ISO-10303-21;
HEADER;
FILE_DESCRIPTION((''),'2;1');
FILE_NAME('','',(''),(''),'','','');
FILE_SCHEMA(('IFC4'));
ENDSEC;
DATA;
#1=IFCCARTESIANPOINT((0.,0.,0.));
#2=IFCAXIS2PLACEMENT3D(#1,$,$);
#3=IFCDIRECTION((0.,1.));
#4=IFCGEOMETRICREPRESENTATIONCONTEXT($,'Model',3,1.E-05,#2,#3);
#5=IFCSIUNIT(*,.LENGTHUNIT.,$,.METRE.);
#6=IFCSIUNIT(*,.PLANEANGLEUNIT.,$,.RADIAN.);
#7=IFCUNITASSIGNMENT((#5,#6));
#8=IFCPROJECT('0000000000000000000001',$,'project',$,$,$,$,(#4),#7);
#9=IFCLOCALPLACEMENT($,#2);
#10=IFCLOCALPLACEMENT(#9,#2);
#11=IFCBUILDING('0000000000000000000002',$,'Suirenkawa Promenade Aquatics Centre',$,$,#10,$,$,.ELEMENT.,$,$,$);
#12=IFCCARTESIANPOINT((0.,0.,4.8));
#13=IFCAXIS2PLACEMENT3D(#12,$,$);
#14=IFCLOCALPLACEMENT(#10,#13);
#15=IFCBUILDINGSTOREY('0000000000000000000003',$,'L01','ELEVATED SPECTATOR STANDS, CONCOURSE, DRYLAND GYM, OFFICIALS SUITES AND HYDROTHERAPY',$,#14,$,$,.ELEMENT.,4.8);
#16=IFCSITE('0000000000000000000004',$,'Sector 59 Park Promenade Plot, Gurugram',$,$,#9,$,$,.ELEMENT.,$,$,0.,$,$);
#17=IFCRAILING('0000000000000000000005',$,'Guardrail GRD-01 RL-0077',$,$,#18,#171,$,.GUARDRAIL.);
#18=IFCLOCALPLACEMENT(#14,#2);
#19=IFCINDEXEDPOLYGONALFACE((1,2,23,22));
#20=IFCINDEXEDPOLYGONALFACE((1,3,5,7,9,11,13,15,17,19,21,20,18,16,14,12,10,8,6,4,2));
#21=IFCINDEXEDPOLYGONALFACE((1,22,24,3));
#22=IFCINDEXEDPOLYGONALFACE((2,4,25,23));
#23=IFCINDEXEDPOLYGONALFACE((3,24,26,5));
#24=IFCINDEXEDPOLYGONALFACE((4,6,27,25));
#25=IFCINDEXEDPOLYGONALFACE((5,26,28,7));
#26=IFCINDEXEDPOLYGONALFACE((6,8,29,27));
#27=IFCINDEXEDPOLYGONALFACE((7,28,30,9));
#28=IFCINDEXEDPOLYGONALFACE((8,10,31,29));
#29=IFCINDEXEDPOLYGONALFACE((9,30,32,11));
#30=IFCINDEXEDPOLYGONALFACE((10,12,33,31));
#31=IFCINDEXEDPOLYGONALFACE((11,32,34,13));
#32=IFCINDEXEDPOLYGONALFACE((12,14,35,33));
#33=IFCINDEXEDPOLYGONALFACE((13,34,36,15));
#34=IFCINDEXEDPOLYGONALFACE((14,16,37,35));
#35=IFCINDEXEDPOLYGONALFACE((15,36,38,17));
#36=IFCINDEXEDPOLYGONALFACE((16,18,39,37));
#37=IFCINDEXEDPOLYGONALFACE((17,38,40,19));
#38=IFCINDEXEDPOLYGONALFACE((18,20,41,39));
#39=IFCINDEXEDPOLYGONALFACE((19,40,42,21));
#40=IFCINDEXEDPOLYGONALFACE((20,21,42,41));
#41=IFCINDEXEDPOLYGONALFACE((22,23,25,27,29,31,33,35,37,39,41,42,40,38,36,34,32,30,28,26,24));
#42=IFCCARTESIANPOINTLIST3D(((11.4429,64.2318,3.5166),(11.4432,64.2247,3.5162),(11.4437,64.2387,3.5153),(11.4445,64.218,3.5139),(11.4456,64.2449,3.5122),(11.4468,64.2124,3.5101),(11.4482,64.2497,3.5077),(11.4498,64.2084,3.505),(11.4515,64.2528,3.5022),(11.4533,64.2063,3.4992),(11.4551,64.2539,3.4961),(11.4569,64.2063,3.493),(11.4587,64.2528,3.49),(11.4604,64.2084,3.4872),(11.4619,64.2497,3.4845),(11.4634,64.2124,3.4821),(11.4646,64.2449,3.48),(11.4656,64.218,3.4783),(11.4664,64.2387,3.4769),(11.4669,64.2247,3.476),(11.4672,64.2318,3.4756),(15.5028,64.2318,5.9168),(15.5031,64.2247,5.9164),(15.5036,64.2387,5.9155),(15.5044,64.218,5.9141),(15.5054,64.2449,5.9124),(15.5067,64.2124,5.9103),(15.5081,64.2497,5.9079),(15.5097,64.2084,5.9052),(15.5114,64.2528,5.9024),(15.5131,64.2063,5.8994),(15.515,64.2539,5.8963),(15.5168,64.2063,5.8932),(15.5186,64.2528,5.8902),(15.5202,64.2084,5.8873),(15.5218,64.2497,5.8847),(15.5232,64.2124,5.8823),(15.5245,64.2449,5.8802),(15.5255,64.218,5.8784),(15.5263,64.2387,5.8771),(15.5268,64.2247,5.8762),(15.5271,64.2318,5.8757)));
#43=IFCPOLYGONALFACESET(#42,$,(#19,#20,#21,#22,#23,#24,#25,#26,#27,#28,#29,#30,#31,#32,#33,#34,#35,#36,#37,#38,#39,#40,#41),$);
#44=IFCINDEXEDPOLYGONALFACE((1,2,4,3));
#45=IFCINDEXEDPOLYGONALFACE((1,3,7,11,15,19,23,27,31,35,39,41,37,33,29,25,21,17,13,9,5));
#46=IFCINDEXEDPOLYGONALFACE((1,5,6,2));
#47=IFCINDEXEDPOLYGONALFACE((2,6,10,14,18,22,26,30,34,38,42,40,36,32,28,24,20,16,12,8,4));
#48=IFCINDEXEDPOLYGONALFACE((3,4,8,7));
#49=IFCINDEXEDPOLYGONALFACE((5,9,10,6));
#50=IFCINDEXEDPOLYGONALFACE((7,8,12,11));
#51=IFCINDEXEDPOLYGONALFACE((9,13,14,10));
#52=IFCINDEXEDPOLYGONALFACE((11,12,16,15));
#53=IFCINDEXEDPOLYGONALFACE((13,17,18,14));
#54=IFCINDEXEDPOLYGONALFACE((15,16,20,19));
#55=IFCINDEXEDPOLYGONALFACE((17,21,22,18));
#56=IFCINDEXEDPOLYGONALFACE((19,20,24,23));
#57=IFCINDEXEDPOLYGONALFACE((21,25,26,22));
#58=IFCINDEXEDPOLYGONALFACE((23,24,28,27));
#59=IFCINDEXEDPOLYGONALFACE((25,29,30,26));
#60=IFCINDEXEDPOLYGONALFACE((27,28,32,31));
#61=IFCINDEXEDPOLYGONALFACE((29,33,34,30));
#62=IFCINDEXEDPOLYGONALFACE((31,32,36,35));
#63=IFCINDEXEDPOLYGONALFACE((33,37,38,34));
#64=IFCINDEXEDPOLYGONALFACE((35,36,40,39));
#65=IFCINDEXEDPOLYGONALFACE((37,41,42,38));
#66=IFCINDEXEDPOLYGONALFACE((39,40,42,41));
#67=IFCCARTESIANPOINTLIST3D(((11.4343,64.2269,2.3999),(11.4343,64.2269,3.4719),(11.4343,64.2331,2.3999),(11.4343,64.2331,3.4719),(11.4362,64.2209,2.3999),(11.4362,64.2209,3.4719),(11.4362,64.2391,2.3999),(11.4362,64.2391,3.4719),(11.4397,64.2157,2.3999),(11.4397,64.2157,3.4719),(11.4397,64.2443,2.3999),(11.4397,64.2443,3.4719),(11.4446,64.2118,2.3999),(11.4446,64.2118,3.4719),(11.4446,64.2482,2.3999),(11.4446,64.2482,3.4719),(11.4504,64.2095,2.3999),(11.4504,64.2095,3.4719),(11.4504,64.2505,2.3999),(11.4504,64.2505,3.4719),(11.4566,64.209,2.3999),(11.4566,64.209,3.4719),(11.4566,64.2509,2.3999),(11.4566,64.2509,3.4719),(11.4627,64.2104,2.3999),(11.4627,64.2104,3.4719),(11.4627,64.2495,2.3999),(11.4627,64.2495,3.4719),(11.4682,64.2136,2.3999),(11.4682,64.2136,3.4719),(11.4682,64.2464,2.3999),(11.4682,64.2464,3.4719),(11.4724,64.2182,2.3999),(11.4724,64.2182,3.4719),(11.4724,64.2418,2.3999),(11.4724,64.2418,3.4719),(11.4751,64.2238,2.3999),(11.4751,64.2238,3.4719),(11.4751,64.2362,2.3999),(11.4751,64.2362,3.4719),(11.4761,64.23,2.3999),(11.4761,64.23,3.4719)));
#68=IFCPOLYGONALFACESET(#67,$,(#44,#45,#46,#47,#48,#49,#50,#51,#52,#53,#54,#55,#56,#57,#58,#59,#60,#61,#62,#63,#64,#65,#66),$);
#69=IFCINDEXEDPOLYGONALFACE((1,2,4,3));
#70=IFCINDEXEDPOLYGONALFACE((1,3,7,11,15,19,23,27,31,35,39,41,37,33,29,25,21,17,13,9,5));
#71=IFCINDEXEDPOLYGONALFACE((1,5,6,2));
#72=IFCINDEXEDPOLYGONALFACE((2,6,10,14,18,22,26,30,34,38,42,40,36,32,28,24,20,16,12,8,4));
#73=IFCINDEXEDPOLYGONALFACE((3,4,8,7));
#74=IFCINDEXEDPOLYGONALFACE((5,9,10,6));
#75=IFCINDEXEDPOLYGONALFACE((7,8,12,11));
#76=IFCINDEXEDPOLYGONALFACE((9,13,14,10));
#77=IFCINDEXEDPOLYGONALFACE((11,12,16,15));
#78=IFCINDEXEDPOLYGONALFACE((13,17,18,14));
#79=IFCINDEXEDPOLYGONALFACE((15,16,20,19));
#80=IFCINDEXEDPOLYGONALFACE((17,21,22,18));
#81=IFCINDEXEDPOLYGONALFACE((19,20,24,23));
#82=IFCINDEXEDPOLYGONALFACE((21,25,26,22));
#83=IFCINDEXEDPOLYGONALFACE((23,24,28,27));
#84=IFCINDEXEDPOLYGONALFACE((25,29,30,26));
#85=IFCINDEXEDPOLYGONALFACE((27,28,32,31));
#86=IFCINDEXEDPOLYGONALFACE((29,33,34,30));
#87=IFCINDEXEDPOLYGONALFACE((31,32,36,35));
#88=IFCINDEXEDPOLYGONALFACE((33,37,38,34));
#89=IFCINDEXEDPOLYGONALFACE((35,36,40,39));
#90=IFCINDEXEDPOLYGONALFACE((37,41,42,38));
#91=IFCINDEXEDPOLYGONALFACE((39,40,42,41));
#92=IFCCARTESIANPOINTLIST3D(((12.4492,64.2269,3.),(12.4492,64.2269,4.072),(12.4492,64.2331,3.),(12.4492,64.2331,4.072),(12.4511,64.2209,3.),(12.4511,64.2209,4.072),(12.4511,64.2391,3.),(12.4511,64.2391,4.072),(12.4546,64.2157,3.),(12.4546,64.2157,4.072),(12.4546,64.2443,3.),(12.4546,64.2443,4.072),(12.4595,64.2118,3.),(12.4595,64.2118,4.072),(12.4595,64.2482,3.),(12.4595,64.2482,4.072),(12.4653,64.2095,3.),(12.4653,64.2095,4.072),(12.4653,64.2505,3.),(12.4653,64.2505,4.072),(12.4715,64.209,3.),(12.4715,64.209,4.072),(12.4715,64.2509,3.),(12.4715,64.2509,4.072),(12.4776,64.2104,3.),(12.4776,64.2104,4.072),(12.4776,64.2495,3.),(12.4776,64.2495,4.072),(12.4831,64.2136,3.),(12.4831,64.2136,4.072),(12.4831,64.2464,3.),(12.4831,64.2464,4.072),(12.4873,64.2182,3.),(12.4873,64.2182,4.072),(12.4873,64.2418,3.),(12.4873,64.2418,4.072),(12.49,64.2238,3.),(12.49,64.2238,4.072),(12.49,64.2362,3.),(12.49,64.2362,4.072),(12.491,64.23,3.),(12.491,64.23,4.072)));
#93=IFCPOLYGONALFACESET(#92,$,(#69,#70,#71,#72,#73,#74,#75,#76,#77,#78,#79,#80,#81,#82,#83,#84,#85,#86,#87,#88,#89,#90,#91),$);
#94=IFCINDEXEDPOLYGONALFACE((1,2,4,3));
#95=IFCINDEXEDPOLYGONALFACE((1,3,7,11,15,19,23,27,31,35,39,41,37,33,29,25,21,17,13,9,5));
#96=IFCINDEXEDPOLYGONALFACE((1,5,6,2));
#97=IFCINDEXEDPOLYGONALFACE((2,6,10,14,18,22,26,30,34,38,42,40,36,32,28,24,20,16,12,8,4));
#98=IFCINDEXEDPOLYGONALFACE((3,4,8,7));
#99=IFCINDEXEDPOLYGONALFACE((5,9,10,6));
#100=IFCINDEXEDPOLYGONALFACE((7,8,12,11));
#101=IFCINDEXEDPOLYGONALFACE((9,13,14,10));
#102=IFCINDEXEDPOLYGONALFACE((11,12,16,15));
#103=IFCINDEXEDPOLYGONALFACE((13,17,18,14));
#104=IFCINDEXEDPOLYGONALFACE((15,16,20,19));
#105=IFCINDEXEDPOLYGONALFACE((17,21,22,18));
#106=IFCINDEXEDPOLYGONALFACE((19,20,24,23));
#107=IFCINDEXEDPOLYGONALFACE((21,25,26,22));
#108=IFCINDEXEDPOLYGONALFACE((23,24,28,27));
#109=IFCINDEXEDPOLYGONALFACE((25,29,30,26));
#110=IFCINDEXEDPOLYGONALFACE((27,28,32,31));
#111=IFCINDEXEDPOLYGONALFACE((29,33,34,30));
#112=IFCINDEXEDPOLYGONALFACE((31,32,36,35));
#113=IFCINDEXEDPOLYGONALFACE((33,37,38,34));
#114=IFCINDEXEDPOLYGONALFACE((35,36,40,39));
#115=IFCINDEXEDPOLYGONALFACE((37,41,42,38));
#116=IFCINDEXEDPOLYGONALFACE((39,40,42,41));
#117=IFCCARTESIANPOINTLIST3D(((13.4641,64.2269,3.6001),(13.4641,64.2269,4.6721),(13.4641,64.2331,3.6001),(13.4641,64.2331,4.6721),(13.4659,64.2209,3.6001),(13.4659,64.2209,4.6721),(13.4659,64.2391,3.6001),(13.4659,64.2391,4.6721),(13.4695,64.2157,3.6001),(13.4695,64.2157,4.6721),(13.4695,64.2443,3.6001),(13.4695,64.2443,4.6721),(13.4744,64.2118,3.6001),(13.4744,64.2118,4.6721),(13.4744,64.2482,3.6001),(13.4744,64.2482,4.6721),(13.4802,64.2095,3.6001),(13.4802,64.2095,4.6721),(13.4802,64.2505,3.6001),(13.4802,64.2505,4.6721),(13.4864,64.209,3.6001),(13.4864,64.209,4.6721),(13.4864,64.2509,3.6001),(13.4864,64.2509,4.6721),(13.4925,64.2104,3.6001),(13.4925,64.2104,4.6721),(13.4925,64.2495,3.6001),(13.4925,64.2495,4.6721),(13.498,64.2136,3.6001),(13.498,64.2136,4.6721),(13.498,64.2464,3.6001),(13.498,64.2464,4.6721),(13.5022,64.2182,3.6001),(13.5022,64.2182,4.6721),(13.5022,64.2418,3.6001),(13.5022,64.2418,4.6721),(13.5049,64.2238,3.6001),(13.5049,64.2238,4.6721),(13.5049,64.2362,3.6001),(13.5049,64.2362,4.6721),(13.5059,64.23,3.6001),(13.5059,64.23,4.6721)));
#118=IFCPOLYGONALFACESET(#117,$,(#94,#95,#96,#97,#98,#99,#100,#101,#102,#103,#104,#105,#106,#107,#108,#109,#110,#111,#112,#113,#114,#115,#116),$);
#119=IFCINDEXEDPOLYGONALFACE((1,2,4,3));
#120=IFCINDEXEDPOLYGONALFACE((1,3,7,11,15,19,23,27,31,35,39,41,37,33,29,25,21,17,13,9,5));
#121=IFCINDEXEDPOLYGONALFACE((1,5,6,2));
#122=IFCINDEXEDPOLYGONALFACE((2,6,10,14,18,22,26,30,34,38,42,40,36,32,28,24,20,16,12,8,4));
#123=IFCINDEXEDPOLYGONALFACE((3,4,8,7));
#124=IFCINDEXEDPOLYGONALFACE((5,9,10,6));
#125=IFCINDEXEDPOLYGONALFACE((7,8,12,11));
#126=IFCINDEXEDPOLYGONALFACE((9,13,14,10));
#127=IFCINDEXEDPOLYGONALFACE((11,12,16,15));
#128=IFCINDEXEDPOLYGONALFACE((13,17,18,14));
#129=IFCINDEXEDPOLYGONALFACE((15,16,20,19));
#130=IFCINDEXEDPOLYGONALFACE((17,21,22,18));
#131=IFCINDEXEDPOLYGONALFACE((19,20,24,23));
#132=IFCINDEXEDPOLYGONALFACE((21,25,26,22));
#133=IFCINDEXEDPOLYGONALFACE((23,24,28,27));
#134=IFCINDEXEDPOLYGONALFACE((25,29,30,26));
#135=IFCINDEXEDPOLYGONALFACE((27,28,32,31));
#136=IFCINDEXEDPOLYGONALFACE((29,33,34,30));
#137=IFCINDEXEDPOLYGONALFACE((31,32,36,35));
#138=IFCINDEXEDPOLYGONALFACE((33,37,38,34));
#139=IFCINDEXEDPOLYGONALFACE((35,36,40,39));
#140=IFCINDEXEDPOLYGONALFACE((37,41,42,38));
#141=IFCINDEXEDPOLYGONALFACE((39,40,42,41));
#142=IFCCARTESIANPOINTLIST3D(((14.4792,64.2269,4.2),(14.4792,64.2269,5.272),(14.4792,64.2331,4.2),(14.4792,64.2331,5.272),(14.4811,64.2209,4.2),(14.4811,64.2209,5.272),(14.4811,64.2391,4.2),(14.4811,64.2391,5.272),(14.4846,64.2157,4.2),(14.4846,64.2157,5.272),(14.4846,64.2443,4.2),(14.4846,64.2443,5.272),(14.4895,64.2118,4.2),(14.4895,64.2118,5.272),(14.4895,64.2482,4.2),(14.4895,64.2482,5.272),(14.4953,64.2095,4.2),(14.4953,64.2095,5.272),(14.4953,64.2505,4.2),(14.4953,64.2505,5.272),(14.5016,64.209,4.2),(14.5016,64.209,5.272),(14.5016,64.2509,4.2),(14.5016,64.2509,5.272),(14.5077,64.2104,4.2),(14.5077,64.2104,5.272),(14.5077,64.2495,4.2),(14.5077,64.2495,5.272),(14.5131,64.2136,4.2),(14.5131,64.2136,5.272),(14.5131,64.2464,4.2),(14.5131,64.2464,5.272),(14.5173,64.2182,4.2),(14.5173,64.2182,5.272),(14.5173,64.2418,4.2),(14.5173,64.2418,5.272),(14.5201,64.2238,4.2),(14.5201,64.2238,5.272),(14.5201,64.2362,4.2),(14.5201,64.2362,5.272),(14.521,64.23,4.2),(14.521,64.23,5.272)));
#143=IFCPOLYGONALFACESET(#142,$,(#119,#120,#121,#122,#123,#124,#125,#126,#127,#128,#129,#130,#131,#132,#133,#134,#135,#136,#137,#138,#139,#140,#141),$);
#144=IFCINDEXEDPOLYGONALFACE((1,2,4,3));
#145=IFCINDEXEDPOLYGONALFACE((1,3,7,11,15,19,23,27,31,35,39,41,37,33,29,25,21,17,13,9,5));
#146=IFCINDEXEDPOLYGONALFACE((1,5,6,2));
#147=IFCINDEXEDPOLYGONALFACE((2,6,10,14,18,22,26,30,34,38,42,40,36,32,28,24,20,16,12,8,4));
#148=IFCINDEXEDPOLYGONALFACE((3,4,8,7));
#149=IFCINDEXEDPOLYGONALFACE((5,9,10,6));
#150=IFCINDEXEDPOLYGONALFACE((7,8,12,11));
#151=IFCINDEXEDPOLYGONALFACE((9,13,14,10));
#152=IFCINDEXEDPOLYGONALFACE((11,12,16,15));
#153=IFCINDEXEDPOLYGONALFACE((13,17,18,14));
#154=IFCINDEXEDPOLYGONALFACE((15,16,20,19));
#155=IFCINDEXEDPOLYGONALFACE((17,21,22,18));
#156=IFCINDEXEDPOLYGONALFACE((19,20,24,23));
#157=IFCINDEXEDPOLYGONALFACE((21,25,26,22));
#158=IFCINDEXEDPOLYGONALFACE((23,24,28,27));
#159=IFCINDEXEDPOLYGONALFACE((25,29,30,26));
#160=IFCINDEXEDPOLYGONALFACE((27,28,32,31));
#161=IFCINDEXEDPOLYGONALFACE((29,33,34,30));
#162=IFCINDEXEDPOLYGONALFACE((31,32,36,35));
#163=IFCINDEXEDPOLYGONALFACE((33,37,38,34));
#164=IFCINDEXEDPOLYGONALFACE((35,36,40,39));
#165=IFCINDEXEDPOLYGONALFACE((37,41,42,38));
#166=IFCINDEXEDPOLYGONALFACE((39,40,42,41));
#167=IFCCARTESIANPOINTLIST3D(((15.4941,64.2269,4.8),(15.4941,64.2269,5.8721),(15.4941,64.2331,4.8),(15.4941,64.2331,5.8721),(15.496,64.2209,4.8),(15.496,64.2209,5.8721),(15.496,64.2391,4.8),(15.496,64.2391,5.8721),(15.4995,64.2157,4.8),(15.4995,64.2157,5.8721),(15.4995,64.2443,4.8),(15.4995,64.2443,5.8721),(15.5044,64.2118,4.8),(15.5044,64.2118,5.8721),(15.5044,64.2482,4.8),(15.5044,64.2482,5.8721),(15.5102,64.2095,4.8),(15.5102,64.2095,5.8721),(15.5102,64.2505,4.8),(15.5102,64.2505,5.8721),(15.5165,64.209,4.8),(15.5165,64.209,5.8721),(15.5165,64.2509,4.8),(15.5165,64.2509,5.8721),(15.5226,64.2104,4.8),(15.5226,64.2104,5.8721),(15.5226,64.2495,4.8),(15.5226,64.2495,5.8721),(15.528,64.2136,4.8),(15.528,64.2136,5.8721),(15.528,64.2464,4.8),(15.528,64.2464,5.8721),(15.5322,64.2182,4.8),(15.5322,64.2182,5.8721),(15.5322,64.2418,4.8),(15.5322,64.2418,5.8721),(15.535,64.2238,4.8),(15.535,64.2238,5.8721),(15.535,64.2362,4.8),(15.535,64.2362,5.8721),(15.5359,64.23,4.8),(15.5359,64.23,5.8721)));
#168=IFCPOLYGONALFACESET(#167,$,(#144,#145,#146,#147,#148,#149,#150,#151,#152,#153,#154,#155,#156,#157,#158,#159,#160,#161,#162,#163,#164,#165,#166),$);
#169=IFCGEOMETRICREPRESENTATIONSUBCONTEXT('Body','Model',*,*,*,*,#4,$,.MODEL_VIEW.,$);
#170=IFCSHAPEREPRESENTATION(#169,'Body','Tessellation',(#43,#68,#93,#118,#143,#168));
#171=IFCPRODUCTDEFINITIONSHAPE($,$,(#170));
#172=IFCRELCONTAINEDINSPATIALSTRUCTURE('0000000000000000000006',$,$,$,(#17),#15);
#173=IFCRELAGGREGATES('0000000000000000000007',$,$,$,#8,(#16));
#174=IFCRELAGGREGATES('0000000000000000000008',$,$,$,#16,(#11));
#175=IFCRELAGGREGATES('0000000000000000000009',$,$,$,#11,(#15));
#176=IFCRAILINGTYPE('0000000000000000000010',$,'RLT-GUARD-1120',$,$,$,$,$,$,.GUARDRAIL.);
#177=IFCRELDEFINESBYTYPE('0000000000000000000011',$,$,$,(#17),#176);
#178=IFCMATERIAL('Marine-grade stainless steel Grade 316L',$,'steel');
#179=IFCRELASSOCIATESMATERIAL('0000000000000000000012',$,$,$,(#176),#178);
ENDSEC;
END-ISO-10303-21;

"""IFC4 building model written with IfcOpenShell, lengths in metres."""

from ifc_helpers import new_model, si_unit, direction, frame, origin, origin_2d, place, context, subcontext, project, spatial, circle, extrude, material, type_object, element, save


model = new_model("IFC4")

# Units and contexts
model_context = context("Model", 3, precision=1e-05, world=origin(), true_north=direction((0.0, 1.0)))
body_context = subcontext(model_context, "Body", "Model", "MODEL_VIEW")
ifc_project = project(units=[si_unit("LENGTHUNIT", "METRE"), si_unit("PLANEANGLEUNIT", "RADIAN")], contexts=[model_context])

# Site, building, storey
site_placement = place(None, origin())
site = spatial("IfcSite", under=ifc_project, at=site_placement, Name="Sector 59 Park Promenade Plot, Gurugram", CompositionType="ELEMENT", RefElevation=0.0)
building_placement = place(site_placement, origin())
building = spatial("IfcBuilding", under=site, at=building_placement, Name="Suirenkawa Promenade Aquatics Centre", CompositionType="ELEMENT")
storey_placement = place(building_placement, frame((0.0, 0.0, 4.8)))
storey = spatial("IfcBuildingStorey", under=building, at=storey_placement, Name="L01", Description="ELEVATED SPECTATOR STANDS, CONCOURSE, DRYLAND GYM, OFFICIALS SUITES AND HYDROTHERAPY", CompositionType="ELEMENT", Elevation=4.8)

# Railing
ifc_material_1 = material(Name="Marine-grade stainless steel Grade 316L", Category="steel")
railing_type_1 = type_object("IfcRailingType", Name="RLT-GUARD-1120", PredefinedType="GUARDRAIL", material=ifc_material_1)
railing_1_placement = place(storey_placement, frame((11.4551, 64.23, 2.3999)))
element("IfcRailing", 1, at=railing_1_placement, inside=storey, type_object=railing_type_1, Name="Guardrail GRD-01 RL-0077", PredefinedType="GUARDRAIL", context=body_context, shape_type="SweptSolid", body=[
    extrude(circle(Radius=0.0239, at=origin_2d()), frame((0.0, 0.0, 1.0962), z_axis=(0.860818, 0.0, 0.508912), x_axis=(0.0, 1.0, 0.0)), (0.0, 0.0, 1.0), 4.7163),
    extrude(circle(Radius=0.021, at=origin_2d()), origin(), (0.0, 0.0, 1.0), 1.072),
    extrude(circle(Radius=0.021, at=origin_2d()), frame((1.0149, 0.0, 0.6001)), (0.0, 0.0, 1.0), 1.072),
    extrude(circle(Radius=0.021, at=origin_2d()), frame((2.0298, 0.0, 1.2002)), (0.0, 0.0, 1.0), 1.072),
    extrude(circle(Radius=0.021, at=origin_2d()), frame((3.0449, 0.0, 1.8)), (0.0, 0.0, 1.0), 1.072),
    extrude(circle(Radius=0.021, at=origin_2d()), frame((4.0598, 0.0, 2.4001)), (0.0, 0.0, 1.0), 1.072),
])

save(model, "model.ifc")
